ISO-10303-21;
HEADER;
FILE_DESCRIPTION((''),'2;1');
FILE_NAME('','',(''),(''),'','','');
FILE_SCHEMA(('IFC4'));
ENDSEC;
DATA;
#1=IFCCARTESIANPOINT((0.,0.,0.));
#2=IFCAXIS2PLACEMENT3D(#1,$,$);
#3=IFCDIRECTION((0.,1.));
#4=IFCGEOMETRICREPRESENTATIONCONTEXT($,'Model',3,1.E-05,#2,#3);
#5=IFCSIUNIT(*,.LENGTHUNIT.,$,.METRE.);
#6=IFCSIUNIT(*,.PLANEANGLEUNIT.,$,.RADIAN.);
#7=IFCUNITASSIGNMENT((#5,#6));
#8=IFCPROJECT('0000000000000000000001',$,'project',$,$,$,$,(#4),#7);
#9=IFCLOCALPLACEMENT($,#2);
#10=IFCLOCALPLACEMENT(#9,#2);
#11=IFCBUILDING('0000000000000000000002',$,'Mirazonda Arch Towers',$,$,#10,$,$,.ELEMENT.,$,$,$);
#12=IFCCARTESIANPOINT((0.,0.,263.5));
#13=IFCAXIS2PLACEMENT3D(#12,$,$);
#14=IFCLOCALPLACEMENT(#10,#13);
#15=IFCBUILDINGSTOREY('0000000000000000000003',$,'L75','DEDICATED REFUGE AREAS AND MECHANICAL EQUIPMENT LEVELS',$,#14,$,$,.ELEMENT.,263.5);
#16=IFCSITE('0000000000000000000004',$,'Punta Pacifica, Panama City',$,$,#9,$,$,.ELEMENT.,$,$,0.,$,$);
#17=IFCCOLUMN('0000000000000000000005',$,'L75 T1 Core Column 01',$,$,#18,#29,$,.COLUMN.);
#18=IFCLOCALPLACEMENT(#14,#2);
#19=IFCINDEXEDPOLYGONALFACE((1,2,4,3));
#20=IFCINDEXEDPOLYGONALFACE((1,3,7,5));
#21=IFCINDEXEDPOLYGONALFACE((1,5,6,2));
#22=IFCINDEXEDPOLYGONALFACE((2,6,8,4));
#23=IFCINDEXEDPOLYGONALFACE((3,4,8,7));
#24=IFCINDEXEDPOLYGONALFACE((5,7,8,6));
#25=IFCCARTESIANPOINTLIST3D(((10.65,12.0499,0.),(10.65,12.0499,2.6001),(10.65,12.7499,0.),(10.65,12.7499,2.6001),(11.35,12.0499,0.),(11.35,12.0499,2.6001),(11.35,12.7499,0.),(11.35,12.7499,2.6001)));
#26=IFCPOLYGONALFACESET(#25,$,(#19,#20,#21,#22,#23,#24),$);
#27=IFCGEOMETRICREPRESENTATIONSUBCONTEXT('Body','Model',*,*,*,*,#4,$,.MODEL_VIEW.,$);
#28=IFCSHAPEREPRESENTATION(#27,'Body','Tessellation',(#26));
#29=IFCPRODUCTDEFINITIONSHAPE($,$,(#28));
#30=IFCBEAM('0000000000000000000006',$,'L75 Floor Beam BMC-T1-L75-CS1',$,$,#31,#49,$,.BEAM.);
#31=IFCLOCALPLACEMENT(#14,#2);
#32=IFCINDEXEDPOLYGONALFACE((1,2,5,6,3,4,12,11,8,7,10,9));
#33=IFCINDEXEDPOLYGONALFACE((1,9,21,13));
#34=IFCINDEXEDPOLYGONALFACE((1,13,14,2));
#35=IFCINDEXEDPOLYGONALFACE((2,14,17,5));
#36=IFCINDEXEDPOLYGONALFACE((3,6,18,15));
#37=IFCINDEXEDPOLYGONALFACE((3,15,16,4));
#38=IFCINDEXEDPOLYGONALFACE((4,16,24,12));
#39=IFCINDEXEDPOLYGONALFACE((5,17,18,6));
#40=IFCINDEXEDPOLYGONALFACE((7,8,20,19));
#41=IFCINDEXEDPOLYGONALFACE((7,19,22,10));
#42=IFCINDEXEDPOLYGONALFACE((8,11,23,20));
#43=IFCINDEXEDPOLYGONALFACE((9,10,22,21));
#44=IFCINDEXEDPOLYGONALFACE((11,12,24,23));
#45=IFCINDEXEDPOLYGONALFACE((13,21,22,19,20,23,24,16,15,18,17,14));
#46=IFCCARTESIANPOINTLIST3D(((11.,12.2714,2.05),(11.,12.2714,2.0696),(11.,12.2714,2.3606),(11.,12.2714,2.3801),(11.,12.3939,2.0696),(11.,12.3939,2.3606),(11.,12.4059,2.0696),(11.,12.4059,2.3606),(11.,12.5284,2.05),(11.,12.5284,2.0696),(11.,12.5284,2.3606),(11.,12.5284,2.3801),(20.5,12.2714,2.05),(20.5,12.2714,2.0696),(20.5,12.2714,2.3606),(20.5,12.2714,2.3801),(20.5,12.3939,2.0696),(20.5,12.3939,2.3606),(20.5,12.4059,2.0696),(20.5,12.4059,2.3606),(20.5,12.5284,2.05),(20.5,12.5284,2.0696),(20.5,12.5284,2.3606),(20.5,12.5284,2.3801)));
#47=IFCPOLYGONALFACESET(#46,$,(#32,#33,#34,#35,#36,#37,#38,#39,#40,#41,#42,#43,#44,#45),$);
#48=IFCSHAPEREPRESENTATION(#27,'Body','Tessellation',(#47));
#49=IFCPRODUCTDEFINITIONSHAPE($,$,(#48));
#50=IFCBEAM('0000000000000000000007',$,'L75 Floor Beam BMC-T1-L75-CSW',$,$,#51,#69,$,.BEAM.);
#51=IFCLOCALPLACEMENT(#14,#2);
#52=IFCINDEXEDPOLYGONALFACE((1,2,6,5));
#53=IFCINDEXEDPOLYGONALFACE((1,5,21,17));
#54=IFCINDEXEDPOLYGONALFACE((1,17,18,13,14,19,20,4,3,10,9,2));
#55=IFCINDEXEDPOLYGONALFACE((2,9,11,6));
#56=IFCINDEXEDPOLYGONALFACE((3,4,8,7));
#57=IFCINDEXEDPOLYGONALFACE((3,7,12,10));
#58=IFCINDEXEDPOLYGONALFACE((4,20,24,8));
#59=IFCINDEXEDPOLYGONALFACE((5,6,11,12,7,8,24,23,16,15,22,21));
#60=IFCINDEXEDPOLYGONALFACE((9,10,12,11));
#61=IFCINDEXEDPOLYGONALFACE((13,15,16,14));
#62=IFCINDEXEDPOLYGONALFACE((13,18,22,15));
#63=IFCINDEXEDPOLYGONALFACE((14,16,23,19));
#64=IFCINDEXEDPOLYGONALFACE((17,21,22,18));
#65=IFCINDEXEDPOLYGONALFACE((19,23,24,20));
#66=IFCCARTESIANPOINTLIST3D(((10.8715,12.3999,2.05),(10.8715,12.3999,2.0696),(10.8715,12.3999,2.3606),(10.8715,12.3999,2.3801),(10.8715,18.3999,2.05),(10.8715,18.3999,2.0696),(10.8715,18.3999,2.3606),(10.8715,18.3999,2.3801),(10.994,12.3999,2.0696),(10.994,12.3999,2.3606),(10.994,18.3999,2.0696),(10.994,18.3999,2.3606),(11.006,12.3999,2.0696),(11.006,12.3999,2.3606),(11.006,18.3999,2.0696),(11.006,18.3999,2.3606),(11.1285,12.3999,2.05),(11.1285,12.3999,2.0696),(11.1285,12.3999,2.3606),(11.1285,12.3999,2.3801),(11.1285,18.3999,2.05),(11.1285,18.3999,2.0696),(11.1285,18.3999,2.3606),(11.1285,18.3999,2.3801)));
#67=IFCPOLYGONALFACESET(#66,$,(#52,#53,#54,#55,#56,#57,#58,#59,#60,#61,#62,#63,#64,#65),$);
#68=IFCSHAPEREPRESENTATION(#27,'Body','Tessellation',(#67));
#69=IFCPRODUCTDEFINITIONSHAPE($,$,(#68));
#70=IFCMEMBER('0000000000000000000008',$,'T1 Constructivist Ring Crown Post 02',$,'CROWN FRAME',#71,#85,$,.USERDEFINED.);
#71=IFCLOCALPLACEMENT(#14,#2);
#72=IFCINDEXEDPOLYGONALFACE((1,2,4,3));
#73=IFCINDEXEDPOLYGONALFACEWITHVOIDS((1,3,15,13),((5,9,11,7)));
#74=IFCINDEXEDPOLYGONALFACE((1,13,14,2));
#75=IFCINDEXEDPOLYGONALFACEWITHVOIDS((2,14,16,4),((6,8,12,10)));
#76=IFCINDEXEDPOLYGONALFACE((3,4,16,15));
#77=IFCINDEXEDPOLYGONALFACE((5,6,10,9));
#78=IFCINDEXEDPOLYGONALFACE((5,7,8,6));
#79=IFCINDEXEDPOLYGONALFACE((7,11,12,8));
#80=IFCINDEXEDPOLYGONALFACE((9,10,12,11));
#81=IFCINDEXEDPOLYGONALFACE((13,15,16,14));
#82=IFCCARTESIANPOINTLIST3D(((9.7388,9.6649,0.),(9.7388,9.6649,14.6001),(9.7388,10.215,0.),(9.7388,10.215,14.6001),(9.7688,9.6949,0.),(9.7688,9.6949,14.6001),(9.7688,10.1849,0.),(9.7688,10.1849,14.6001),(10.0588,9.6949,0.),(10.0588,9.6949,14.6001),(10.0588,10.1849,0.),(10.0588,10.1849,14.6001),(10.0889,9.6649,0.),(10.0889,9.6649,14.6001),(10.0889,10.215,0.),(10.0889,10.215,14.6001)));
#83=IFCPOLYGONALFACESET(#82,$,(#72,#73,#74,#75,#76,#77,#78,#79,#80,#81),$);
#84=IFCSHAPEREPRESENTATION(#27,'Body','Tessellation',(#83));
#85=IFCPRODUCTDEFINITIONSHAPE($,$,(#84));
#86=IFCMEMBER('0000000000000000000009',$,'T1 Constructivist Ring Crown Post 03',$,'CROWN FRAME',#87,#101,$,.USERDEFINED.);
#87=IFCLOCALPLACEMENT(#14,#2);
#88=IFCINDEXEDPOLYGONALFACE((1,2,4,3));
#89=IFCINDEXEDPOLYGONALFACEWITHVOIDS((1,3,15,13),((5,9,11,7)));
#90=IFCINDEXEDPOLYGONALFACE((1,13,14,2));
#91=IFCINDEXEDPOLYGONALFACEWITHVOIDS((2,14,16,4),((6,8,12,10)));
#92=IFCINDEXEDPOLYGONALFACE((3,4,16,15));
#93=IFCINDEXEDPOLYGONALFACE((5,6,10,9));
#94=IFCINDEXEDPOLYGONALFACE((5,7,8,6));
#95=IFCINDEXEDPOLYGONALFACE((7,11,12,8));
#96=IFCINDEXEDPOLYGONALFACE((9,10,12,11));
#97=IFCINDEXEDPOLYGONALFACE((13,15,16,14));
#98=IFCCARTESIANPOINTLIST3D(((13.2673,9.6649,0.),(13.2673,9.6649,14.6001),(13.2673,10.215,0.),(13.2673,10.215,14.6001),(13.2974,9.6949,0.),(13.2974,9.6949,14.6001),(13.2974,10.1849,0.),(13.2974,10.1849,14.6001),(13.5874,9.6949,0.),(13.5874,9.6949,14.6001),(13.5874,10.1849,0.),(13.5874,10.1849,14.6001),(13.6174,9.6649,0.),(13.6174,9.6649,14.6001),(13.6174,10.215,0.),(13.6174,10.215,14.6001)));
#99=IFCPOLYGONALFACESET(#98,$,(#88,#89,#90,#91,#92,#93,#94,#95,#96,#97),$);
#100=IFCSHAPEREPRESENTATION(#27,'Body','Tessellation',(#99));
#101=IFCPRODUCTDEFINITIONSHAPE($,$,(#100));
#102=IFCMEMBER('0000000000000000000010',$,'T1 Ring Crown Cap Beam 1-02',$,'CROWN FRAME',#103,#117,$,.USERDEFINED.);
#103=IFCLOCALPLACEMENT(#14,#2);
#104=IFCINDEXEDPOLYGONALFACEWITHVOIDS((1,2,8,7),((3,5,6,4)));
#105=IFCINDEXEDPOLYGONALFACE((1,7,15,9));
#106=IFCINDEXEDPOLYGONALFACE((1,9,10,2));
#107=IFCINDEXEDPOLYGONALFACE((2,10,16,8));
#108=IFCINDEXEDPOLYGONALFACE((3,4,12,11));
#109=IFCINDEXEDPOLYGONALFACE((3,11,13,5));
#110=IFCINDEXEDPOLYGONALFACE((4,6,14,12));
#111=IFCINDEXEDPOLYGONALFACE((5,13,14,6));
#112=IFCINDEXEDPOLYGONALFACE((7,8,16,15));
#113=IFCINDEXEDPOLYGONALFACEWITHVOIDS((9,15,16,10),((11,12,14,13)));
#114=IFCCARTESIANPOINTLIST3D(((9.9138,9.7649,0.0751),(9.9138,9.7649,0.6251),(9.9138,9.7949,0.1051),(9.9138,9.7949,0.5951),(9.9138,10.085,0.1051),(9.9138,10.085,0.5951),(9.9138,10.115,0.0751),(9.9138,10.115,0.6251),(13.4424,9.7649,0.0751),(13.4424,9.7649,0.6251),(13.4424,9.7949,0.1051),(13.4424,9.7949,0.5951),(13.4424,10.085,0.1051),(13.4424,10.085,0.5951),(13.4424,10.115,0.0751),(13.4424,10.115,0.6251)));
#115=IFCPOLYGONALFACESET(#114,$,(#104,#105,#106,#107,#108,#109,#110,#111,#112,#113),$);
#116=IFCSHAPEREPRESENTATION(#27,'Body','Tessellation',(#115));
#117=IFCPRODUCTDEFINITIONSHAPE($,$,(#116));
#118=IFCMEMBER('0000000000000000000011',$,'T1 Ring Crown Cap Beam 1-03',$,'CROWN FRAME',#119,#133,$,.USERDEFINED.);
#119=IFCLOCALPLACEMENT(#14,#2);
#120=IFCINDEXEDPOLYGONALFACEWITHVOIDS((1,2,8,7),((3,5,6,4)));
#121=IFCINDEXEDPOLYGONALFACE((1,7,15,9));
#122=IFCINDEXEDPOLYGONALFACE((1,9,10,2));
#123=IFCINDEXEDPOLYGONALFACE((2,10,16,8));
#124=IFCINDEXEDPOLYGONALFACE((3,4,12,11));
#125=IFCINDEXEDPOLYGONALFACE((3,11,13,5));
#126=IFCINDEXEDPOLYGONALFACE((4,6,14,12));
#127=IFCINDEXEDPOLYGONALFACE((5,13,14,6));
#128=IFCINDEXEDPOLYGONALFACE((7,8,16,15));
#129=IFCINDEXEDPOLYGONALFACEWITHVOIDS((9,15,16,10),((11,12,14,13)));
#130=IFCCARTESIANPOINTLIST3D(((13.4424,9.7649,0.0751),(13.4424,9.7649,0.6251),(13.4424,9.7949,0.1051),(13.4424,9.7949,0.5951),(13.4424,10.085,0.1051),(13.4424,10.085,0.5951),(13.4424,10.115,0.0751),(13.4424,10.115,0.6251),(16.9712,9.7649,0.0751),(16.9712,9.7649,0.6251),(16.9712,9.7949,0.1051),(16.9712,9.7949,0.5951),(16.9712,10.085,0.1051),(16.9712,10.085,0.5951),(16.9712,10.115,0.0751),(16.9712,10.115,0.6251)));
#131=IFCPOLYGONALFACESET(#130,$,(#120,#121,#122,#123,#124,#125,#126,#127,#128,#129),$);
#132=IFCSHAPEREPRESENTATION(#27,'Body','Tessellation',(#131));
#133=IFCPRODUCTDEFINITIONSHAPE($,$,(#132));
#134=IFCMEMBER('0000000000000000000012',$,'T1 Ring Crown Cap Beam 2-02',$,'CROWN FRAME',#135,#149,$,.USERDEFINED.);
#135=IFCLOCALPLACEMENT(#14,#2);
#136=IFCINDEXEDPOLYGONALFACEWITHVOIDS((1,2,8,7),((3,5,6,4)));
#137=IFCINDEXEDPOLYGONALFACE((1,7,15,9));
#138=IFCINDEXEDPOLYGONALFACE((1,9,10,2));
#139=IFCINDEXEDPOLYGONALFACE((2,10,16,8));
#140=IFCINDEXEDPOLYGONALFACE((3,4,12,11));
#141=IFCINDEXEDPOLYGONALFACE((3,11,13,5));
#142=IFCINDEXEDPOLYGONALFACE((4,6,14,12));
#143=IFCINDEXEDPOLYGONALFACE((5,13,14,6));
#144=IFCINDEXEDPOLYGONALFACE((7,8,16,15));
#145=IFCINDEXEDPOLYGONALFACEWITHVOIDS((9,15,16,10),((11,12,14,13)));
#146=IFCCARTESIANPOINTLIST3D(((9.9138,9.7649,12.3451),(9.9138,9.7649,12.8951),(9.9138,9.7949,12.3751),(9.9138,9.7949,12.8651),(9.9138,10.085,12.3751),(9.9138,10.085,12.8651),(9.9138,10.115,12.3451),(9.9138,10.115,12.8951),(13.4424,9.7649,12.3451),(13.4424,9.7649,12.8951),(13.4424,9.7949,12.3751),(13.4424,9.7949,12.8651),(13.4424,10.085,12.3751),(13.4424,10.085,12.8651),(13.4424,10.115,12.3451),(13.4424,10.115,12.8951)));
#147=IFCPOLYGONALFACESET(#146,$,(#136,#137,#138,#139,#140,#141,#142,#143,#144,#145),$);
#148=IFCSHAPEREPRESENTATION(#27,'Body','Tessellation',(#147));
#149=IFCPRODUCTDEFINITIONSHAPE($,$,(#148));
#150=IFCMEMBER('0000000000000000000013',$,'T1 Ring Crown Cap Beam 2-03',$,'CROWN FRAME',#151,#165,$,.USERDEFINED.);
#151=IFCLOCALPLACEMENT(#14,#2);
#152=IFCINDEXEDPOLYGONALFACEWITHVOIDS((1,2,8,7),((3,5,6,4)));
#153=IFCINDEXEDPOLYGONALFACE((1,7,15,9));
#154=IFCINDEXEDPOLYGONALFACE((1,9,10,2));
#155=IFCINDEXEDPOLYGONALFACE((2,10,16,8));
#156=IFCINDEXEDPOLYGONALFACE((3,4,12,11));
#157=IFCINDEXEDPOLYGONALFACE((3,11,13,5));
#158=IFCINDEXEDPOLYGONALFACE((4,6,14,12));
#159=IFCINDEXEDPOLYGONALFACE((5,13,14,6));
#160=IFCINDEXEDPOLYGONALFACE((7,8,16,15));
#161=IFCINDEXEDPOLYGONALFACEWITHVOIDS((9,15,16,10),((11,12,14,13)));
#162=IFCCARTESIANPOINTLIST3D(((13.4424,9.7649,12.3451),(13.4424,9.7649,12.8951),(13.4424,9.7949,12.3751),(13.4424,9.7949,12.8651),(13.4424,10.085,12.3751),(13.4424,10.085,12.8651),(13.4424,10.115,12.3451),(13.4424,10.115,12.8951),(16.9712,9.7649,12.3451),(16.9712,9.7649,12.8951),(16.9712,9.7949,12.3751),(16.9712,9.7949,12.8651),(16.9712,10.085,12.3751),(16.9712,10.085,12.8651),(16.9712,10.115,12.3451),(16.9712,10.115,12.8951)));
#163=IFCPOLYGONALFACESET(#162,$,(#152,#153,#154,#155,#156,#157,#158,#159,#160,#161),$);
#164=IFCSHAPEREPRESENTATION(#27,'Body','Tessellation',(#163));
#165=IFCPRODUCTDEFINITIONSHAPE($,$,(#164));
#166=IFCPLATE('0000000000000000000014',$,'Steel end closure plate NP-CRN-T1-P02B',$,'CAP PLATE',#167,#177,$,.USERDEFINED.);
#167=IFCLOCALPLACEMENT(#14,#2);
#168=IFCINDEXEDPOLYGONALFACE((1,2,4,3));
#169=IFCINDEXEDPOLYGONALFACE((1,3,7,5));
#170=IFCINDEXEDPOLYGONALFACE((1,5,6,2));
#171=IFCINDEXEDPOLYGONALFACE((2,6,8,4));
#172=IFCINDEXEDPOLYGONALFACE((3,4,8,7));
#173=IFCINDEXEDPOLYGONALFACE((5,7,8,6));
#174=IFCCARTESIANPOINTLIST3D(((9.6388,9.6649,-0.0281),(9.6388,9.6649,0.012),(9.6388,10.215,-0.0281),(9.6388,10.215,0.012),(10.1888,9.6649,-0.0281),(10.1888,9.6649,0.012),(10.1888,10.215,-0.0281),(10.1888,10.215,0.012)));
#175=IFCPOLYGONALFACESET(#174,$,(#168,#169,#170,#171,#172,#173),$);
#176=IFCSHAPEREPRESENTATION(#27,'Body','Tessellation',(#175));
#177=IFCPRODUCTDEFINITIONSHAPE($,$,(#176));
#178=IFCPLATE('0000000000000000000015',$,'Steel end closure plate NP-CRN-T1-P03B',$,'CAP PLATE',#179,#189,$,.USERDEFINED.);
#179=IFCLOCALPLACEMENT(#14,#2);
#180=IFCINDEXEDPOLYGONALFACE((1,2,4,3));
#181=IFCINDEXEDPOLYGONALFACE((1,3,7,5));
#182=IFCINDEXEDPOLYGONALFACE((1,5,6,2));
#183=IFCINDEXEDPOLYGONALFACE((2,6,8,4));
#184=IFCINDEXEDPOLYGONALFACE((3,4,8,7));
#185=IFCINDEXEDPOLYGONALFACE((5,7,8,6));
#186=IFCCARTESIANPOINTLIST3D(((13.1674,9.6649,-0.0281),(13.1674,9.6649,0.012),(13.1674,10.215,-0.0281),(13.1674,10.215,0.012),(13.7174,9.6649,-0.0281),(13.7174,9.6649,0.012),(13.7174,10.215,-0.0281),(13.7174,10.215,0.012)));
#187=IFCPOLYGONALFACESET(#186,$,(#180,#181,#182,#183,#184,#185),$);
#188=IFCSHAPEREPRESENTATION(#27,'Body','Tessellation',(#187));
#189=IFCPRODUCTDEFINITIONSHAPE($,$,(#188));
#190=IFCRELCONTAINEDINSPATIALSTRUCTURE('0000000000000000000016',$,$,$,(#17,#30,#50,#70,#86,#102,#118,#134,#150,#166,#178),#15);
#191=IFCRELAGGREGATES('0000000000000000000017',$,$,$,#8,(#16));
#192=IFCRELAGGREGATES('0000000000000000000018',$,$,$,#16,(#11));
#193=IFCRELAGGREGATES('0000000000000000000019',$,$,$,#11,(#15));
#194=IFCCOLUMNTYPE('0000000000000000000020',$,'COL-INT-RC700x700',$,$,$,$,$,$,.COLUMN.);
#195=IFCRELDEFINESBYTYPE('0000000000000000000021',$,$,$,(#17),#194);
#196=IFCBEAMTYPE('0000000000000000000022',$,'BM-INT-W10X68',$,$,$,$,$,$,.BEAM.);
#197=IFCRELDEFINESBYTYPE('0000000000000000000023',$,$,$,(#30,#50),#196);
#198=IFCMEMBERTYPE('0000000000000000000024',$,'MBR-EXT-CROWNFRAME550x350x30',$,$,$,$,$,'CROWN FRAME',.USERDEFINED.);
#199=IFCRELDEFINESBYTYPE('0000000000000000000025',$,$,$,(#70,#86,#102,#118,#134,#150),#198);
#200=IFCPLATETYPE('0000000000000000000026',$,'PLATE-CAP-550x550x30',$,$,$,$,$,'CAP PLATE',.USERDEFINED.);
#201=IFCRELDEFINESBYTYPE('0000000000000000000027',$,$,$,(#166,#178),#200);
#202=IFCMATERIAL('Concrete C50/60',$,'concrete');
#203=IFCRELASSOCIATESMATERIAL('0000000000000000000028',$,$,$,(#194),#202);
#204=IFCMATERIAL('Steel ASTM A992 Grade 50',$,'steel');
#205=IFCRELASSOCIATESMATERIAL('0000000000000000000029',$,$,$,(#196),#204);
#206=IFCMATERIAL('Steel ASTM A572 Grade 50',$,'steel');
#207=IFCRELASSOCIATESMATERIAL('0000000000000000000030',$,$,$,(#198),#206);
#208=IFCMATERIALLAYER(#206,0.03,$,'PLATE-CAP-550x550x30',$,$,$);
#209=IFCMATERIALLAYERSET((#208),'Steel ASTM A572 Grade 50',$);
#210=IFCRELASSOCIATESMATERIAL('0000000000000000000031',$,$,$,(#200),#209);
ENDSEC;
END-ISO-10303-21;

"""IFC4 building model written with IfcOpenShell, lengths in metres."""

from ifc_helpers import new_model, si_unit, direction, frame, origin, origin_2d, place, context, subcontext, project, spatial, rectangle, hollow_rectangle, i_section, extrude, material, layer, layer_set, material_profile, profile_set, type_object, element, save


model = new_model("IFC4")

# Units and contexts
model_context = context("Model", 3, precision=1e-05, world=origin(), true_north=direction((0.0, 1.0)))
body_context = subcontext(model_context, "Body", "Model", "MODEL_VIEW")
ifc_project = project(units=[si_unit("LENGTHUNIT", "METRE"), si_unit("PLANEANGLEUNIT", "RADIAN")], contexts=[model_context])

# Site, building, storey
site_placement = place(None, origin())
site = spatial("IfcSite", under=ifc_project, at=site_placement, Name="Punta Pacifica, Panama City", CompositionType="ELEMENT", RefElevation=0.0)
building_placement = place(site_placement, origin())
building = spatial("IfcBuilding", under=site, at=building_placement, Name="Mirazonda Arch Towers", CompositionType="ELEMENT")
storey_placement = place(building_placement, frame((0.0, 0.0, 263.5)))
storey = spatial("IfcBuildingStorey", under=building, at=storey_placement, Name="L75", Description="DEDICATED REFUGE AREAS AND MECHANICAL EQUIPMENT LEVELS", CompositionType="ELEMENT", Elevation=263.5)

# Column
ifc_material_1 = material(Name="Concrete C50/60", Category="concrete")
ifc_material_profile_1 = material_profile(ifc_material_1, rectangle(XDim=0.7, YDim=0.7, at=origin_2d()), Name="RC700x700")
ifc_profile_set_1 = profile_set([ifc_material_profile_1], Name="Concrete C50/60")
column_type = type_object("IfcColumnType", Name="COL-INT-RC700x700", PredefinedType="COLUMN", material=ifc_profile_set_1)
column_placement = place(storey_placement, frame((11.0, 12.3999, 0.0), z_axis=(0.0, 0.0, 1.0), x_axis=(1.0, 0.0, 0.0)))
element("IfcColumn", 1, at=column_placement, inside=storey, type_object=column_type, Name="L75 T1 Core Column 01", PredefinedType="COLUMN", context=body_context, shape_type="SweptSolid", body=[
    extrude(rectangle(XDim=0.7, YDim=0.7, at=origin_2d()), origin(), (0.0, 0.0, 1.0), 2.6001),
])

# Beams
ifc_material_2 = material(Name="Steel ASTM A992 Grade 50", Category="steel")
ifc_material_profile_2 = material_profile(ifc_material_2, i_section(OverallWidth=0.2571, OverallDepth=0.3301, WebThickness=0.012, FlangeThickness=0.0195, at=origin_2d()), Name="W10X68")
ifc_profile_set_2 = profile_set([ifc_material_profile_2], Name="Steel ASTM A992 Grade 50")
beam_type = type_object("IfcBeamType", Name="BM-INT-W10X68", PredefinedType="BEAM", material=ifc_profile_set_2)
beam_1_placement = place(storey_placement, frame((11.0, 12.3999, 2.2151), z_axis=(1.0, 0.0, 0.0), x_axis=(0.0, 1.0, 0.0)))
element("IfcBeam", 2, at=beam_1_placement, inside=storey, type_object=beam_type, Name="L75 Floor Beam BMC-T1-L75-CS1", PredefinedType="BEAM", context=body_context, shape_type="SweptSolid", body=[
    extrude(i_section(OverallWidth=0.2571, OverallDepth=0.3301, WebThickness=0.012, FlangeThickness=0.0195, at=origin_2d()), origin(), (0.0, 0.0, 1.0), 9.5),
])
beam_2_placement = place(storey_placement, frame((11.0, 12.3999, 2.2151), z_axis=(0.0, 1.0, 0.0), x_axis=(-1.0, 0.0, 0.0)))
element("IfcBeam", 3, at=beam_2_placement, inside=storey, type_object=beam_type, Name="L75 Floor Beam BMC-T1-L75-CSW", PredefinedType="BEAM", context=body_context, shape_type="SweptSolid", body=[
    extrude(i_section(OverallWidth=0.2571, OverallDepth=0.3301, WebThickness=0.012, FlangeThickness=0.0195, at=origin_2d()), origin(), (0.0, 0.0, 1.0), 6.0),
])

# Members
ifc_material_3 = material(Name="Steel ASTM A572 Grade 50", Category="steel")
ifc_material_profile_3 = material_profile(ifc_material_3, hollow_rectangle(XDim=0.3501, YDim=0.55, WallThickness=0.03, at=origin_2d()), Name="CROWNFRAME550x350x30")
ifc_profile_set_3 = profile_set([ifc_material_profile_3], Name="Steel ASTM A572 Grade 50")
member_type = type_object("IfcMemberType", Name="MBR-EXT-CROWNFRAME550x350x30", ElementType="CROWN FRAME", PredefinedType="USERDEFINED", material=ifc_profile_set_3)
for number, where, z_axis, x_axis, name in (
    (4, (9.9138, 9.9399, 0.0), (0.0, 0.0, 1.0), (1.0, 0.0, 0.0), "T1 Constructivist Ring Crown Post 02"),
    (5, (13.4424, 9.9399, 0.0), (0.0, 0.0, 1.0), (1.0, 0.0, 0.0), "T1 Constructivist Ring Crown Post 03"),
):
    element("IfcMember", number, at=place(storey_placement, frame(where, z_axis=z_axis, x_axis=x_axis)), inside=storey, type_object=member_type, Name=name, ObjectType="CROWN FRAME", PredefinedType="USERDEFINED", context=body_context, shape_type="SweptSolid", body=[
        extrude(hollow_rectangle(XDim=0.3501, YDim=0.55, WallThickness=0.03, at=origin_2d()), origin(), (0.0, 0.0, 1.0), 14.6001),
    ])
member_1_placement = place(storey_placement, frame((9.9138, 9.9399, 0.3501), z_axis=(1.0, 0.0, 0.0), x_axis=(0.0, 1.0, 0.0)))
element("IfcMember", 6, at=member_1_placement, inside=storey, type_object=member_type, Name="T1 Ring Crown Cap Beam 1-02", ObjectType="CROWN FRAME", PredefinedType="USERDEFINED", context=body_context, shape_type="SweptSolid", body=[
    extrude(hollow_rectangle(XDim=0.3501, YDim=0.55, WallThickness=0.03, at=origin_2d()), origin(), (0.0, 0.0, 1.0), 3.5286),
])
member_2_placement = place(storey_placement, frame((13.4424, 9.9399, 0.3501), z_axis=(1.0, 0.0, 0.0), x_axis=(0.0, 1.0, 0.0)))
element("IfcMember", 7, at=member_2_placement, inside=storey, type_object=member_type, Name="T1 Ring Crown Cap Beam 1-03", ObjectType="CROWN FRAME", PredefinedType="USERDEFINED", context=body_context, shape_type="SweptSolid", body=[
    extrude(hollow_rectangle(XDim=0.3501, YDim=0.55, WallThickness=0.03, at=origin_2d()), origin(), (0.0, 0.0, 1.0), 3.5288),
])
member_3_placement = place(storey_placement, frame((9.9138, 9.9399, 12.6201), z_axis=(1.0, 0.0, 0.0), x_axis=(0.0, 1.0, 0.0)))
element("IfcMember", 8, at=member_3_placement, inside=storey, type_object=member_type, Name="T1 Ring Crown Cap Beam 2-02", ObjectType="CROWN FRAME", PredefinedType="USERDEFINED", context=body_context, shape_type="SweptSolid", body=[
    extrude(hollow_rectangle(XDim=0.3501, YDim=0.55, WallThickness=0.03, at=origin_2d()), origin(), (0.0, 0.0, 1.0), 3.5286),
])
member_4_placement = place(storey_placement, frame((13.4424, 9.9399, 12.6201), z_axis=(1.0, 0.0, 0.0), x_axis=(0.0, 1.0, 0.0)))
element("IfcMember", 9, at=member_4_placement, inside=storey, type_object=member_type, Name="T1 Ring Crown Cap Beam 2-03", ObjectType="CROWN FRAME", PredefinedType="USERDEFINED", context=body_context, shape_type="SweptSolid", body=[
    extrude(hollow_rectangle(XDim=0.3501, YDim=0.55, WallThickness=0.03, at=origin_2d()), origin(), (0.0, 0.0, 1.0), 3.5288),
])

# Plates
ifc_layer_1 = layer(ifc_material_3, 0.03, Name="PLATE-CAP-550x550x30")
ifc_layer_set_1 = layer_set([ifc_layer_1], Name="Steel ASTM A572 Grade 50")
plate_type = type_object("IfcPlateType", Name="PLATE-CAP-550x550x30", ElementType="CAP PLATE", PredefinedType="USERDEFINED", material=ifc_layer_set_1)
for number, where, z_axis, x_axis, name in (
    (10, (9.9138, 9.9399, -0.0281), (0.0, 0.0, 1.0), (1.0, 0.0, 0.0), "Steel end closure plate NP-CRN-T1-P02B"),
    (11, (13.4424, 9.9399, -0.0281), (0.0, 0.0, 1.0), (1.0, 0.0, 0.0), "Steel end closure plate NP-CRN-T1-P03B"),
):
    element("IfcPlate", number, at=place(storey_placement, frame(where, z_axis=z_axis, x_axis=x_axis)), inside=storey, type_object=plate_type, Name=name, ObjectType="CAP PLATE", PredefinedType="USERDEFINED", context=body_context, shape_type="SweptSolid", body=[
        extrude(rectangle(XDim=0.55, YDim=0.55, at=origin_2d()), origin(), (0.0, 0.0, 1.0), 0.04),
    ])

save(model, "model.ifc")
